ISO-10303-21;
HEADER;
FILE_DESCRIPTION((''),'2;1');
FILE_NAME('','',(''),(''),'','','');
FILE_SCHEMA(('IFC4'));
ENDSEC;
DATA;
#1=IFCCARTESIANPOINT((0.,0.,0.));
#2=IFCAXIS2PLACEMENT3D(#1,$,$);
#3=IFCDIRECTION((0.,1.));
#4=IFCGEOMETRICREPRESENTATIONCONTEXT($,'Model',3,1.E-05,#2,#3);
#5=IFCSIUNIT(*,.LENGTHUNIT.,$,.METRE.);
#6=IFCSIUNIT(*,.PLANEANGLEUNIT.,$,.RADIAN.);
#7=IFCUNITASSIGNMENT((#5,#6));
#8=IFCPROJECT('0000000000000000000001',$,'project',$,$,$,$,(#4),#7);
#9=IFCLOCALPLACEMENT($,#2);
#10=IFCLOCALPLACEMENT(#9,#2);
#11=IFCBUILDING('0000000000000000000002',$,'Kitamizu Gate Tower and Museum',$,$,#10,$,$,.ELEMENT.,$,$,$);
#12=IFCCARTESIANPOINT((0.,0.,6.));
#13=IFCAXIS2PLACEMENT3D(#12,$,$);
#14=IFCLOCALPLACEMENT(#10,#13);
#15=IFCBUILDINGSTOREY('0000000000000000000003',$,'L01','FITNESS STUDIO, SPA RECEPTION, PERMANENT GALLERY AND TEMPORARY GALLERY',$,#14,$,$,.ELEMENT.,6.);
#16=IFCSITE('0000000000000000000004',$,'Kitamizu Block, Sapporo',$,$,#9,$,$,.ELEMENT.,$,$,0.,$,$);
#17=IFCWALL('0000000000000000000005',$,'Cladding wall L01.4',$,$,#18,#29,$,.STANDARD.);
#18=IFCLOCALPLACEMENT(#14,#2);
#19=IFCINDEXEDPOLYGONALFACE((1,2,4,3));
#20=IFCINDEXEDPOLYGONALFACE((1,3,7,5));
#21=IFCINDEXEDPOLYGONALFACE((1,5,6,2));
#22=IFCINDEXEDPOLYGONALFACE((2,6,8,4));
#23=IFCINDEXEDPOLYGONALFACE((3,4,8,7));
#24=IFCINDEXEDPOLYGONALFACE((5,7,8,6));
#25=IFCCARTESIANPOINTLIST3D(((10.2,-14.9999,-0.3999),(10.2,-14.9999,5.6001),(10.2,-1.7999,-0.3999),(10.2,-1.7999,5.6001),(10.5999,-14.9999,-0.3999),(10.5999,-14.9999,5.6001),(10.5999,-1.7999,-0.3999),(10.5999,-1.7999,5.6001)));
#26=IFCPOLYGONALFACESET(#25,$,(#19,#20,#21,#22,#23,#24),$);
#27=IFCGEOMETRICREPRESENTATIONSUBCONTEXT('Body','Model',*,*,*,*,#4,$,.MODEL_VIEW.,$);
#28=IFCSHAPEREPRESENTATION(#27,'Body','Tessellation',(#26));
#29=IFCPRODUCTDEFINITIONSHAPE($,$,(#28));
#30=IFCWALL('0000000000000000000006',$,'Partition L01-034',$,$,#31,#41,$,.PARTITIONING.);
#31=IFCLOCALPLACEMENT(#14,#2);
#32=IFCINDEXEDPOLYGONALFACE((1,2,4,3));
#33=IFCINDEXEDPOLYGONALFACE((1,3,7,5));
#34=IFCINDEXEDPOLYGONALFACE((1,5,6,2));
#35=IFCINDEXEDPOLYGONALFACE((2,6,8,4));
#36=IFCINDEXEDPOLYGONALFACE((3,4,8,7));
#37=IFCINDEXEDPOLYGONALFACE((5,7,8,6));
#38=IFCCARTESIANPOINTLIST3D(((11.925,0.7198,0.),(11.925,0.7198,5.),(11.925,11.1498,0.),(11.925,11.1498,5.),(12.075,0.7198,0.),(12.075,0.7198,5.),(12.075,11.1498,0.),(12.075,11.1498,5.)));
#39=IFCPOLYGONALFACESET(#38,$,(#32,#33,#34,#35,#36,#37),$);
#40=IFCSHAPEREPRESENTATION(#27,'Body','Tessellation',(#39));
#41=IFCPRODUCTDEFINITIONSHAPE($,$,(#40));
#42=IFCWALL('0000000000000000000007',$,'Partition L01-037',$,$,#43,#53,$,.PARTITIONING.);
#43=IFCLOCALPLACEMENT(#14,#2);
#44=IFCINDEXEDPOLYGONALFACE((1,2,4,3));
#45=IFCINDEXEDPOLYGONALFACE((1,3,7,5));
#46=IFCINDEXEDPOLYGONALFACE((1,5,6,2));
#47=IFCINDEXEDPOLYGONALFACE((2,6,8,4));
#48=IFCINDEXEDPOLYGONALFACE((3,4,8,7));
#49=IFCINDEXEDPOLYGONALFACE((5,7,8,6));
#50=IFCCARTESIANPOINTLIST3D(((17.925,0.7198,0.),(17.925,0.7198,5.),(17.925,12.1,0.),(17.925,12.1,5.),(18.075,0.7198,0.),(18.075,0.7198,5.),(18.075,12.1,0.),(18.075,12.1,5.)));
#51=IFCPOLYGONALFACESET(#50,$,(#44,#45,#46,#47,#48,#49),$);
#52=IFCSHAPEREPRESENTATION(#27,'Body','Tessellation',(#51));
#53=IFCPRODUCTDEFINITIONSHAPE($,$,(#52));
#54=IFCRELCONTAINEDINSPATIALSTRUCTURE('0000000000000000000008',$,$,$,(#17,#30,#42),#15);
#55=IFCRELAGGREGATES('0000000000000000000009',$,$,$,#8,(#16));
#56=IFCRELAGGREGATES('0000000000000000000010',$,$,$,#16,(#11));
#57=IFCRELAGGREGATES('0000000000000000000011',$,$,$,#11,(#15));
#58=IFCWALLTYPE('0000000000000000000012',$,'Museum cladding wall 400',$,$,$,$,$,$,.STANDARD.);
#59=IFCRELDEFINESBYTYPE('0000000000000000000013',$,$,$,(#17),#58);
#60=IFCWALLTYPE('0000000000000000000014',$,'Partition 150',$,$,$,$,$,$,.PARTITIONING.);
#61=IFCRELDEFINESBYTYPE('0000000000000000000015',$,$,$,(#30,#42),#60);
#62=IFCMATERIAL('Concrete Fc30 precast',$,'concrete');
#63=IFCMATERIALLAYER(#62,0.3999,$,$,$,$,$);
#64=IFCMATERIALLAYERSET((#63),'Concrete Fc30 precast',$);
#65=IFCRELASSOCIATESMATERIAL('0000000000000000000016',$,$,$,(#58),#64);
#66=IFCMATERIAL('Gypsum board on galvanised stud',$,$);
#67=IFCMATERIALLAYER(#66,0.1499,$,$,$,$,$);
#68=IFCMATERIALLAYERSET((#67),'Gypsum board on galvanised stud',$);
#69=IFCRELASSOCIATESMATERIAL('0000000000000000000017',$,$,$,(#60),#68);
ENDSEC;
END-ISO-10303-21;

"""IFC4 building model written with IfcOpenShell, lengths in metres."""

from ifc_helpers import new_model, si_unit, direction, frame, frame_2d, origin, place, context, subcontext, project, spatial, rectangle, extrude, material, layer, layer_set, type_object, element, save


model = new_model("IFC4")

# Units and contexts
model_context = context("Model", 3, precision=1e-05, world=origin(), true_north=direction((0.0, 1.0)))
body_context = subcontext(model_context, "Body", "Model", "MODEL_VIEW")
ifc_project = project(units=[si_unit("LENGTHUNIT", "METRE"), si_unit("PLANEANGLEUNIT", "RADIAN")], contexts=[model_context])

# Site, building, storey
site_placement = place(None, origin())
site = spatial("IfcSite", under=ifc_project, at=site_placement, Name="Kitamizu Block, Sapporo", CompositionType="ELEMENT", RefElevation=0.0)
building_placement = place(site_placement, origin())
building = spatial("IfcBuilding", under=site, at=building_placement, Name="Kitamizu Gate Tower and Museum", CompositionType="ELEMENT")
storey_placement = place(building_placement, frame((0.0, 0.0, 6.0)))
storey = spatial("IfcBuildingStorey", under=building, at=storey_placement, Name="L01", Description="FITNESS STUDIO, SPA RECEPTION, PERMANENT GALLERY AND TEMPORARY GALLERY", CompositionType="ELEMENT", Elevation=6.0)

# Walls
ifc_material_1 = material(Name="Concrete Fc30 precast", Category="concrete")
ifc_layer_1 = layer(ifc_material_1, 0.3999)
ifc_layer_set_1 = layer_set([ifc_layer_1], Name="Concrete Fc30 precast")
wall_type_1 = type_object("IfcWallType", Name="Museum cladding wall 400", PredefinedType="STANDARD", material=ifc_layer_set_1)
wall_1_placement = place(storey_placement, frame((10.3999, -15.0, -0.3999), z_axis=(0.0, 0.0, 1.0), x_axis=(0.0, 1.0, 0.0)))
element("IfcWall", 1, at=wall_1_placement, inside=storey, type_object=wall_type_1, Name="Cladding wall L01.4", PredefinedType="STANDARD", context=body_context, shape_type="SweptSolid", body=[
    extrude(rectangle(XDim=13.2, YDim=0.3999, at=frame_2d((6.6001, 0.0))), origin(), (0.0, 0.0, 1.0), 6.0),
])
ifc_material_2 = material(Name="Gypsum board on galvanised stud")
ifc_layer_2 = layer(ifc_material_2, 0.1499)
ifc_layer_set_2 = layer_set([ifc_layer_2], Name="Gypsum board on galvanised stud")
wall_type_2 = type_object("IfcWallType", Name="Partition 150", PredefinedType="PARTITIONING", material=ifc_layer_set_2)
wall_2_placement = place(storey_placement, frame((12.0, 0.72, 0.0), z_axis=(0.0, 0.0, 1.0), x_axis=(0.0, 1.0, 0.0)))
element("IfcWall", 2, at=wall_2_placement, inside=storey, type_object=wall_type_2, Name="Partition L01-034", PredefinedType="PARTITIONING", context=body_context, shape_type="SweptSolid", body=[
    extrude(rectangle(XDim=10.4299, YDim=0.1499, at=frame_2d((5.2148, 0.0))), origin(), (0.0, 0.0, 1.0), 5.0),
])
wall_3_placement = place(storey_placement, frame((18.0, 0.72, 0.0), z_axis=(0.0, 0.0, 1.0), x_axis=(0.0, 1.0, 0.0)))
element("IfcWall", 3, at=wall_3_placement, inside=storey, type_object=wall_type_2, Name="Partition L01-037", PredefinedType="PARTITIONING", context=body_context, shape_type="SweptSolid", body=[
    extrude(rectangle(XDim=11.3801, YDim=0.1499, at=frame_2d((5.6899, 0.0))), origin(), (0.0, 0.0, 1.0), 5.0),
])

save(model, "model.ifc")
